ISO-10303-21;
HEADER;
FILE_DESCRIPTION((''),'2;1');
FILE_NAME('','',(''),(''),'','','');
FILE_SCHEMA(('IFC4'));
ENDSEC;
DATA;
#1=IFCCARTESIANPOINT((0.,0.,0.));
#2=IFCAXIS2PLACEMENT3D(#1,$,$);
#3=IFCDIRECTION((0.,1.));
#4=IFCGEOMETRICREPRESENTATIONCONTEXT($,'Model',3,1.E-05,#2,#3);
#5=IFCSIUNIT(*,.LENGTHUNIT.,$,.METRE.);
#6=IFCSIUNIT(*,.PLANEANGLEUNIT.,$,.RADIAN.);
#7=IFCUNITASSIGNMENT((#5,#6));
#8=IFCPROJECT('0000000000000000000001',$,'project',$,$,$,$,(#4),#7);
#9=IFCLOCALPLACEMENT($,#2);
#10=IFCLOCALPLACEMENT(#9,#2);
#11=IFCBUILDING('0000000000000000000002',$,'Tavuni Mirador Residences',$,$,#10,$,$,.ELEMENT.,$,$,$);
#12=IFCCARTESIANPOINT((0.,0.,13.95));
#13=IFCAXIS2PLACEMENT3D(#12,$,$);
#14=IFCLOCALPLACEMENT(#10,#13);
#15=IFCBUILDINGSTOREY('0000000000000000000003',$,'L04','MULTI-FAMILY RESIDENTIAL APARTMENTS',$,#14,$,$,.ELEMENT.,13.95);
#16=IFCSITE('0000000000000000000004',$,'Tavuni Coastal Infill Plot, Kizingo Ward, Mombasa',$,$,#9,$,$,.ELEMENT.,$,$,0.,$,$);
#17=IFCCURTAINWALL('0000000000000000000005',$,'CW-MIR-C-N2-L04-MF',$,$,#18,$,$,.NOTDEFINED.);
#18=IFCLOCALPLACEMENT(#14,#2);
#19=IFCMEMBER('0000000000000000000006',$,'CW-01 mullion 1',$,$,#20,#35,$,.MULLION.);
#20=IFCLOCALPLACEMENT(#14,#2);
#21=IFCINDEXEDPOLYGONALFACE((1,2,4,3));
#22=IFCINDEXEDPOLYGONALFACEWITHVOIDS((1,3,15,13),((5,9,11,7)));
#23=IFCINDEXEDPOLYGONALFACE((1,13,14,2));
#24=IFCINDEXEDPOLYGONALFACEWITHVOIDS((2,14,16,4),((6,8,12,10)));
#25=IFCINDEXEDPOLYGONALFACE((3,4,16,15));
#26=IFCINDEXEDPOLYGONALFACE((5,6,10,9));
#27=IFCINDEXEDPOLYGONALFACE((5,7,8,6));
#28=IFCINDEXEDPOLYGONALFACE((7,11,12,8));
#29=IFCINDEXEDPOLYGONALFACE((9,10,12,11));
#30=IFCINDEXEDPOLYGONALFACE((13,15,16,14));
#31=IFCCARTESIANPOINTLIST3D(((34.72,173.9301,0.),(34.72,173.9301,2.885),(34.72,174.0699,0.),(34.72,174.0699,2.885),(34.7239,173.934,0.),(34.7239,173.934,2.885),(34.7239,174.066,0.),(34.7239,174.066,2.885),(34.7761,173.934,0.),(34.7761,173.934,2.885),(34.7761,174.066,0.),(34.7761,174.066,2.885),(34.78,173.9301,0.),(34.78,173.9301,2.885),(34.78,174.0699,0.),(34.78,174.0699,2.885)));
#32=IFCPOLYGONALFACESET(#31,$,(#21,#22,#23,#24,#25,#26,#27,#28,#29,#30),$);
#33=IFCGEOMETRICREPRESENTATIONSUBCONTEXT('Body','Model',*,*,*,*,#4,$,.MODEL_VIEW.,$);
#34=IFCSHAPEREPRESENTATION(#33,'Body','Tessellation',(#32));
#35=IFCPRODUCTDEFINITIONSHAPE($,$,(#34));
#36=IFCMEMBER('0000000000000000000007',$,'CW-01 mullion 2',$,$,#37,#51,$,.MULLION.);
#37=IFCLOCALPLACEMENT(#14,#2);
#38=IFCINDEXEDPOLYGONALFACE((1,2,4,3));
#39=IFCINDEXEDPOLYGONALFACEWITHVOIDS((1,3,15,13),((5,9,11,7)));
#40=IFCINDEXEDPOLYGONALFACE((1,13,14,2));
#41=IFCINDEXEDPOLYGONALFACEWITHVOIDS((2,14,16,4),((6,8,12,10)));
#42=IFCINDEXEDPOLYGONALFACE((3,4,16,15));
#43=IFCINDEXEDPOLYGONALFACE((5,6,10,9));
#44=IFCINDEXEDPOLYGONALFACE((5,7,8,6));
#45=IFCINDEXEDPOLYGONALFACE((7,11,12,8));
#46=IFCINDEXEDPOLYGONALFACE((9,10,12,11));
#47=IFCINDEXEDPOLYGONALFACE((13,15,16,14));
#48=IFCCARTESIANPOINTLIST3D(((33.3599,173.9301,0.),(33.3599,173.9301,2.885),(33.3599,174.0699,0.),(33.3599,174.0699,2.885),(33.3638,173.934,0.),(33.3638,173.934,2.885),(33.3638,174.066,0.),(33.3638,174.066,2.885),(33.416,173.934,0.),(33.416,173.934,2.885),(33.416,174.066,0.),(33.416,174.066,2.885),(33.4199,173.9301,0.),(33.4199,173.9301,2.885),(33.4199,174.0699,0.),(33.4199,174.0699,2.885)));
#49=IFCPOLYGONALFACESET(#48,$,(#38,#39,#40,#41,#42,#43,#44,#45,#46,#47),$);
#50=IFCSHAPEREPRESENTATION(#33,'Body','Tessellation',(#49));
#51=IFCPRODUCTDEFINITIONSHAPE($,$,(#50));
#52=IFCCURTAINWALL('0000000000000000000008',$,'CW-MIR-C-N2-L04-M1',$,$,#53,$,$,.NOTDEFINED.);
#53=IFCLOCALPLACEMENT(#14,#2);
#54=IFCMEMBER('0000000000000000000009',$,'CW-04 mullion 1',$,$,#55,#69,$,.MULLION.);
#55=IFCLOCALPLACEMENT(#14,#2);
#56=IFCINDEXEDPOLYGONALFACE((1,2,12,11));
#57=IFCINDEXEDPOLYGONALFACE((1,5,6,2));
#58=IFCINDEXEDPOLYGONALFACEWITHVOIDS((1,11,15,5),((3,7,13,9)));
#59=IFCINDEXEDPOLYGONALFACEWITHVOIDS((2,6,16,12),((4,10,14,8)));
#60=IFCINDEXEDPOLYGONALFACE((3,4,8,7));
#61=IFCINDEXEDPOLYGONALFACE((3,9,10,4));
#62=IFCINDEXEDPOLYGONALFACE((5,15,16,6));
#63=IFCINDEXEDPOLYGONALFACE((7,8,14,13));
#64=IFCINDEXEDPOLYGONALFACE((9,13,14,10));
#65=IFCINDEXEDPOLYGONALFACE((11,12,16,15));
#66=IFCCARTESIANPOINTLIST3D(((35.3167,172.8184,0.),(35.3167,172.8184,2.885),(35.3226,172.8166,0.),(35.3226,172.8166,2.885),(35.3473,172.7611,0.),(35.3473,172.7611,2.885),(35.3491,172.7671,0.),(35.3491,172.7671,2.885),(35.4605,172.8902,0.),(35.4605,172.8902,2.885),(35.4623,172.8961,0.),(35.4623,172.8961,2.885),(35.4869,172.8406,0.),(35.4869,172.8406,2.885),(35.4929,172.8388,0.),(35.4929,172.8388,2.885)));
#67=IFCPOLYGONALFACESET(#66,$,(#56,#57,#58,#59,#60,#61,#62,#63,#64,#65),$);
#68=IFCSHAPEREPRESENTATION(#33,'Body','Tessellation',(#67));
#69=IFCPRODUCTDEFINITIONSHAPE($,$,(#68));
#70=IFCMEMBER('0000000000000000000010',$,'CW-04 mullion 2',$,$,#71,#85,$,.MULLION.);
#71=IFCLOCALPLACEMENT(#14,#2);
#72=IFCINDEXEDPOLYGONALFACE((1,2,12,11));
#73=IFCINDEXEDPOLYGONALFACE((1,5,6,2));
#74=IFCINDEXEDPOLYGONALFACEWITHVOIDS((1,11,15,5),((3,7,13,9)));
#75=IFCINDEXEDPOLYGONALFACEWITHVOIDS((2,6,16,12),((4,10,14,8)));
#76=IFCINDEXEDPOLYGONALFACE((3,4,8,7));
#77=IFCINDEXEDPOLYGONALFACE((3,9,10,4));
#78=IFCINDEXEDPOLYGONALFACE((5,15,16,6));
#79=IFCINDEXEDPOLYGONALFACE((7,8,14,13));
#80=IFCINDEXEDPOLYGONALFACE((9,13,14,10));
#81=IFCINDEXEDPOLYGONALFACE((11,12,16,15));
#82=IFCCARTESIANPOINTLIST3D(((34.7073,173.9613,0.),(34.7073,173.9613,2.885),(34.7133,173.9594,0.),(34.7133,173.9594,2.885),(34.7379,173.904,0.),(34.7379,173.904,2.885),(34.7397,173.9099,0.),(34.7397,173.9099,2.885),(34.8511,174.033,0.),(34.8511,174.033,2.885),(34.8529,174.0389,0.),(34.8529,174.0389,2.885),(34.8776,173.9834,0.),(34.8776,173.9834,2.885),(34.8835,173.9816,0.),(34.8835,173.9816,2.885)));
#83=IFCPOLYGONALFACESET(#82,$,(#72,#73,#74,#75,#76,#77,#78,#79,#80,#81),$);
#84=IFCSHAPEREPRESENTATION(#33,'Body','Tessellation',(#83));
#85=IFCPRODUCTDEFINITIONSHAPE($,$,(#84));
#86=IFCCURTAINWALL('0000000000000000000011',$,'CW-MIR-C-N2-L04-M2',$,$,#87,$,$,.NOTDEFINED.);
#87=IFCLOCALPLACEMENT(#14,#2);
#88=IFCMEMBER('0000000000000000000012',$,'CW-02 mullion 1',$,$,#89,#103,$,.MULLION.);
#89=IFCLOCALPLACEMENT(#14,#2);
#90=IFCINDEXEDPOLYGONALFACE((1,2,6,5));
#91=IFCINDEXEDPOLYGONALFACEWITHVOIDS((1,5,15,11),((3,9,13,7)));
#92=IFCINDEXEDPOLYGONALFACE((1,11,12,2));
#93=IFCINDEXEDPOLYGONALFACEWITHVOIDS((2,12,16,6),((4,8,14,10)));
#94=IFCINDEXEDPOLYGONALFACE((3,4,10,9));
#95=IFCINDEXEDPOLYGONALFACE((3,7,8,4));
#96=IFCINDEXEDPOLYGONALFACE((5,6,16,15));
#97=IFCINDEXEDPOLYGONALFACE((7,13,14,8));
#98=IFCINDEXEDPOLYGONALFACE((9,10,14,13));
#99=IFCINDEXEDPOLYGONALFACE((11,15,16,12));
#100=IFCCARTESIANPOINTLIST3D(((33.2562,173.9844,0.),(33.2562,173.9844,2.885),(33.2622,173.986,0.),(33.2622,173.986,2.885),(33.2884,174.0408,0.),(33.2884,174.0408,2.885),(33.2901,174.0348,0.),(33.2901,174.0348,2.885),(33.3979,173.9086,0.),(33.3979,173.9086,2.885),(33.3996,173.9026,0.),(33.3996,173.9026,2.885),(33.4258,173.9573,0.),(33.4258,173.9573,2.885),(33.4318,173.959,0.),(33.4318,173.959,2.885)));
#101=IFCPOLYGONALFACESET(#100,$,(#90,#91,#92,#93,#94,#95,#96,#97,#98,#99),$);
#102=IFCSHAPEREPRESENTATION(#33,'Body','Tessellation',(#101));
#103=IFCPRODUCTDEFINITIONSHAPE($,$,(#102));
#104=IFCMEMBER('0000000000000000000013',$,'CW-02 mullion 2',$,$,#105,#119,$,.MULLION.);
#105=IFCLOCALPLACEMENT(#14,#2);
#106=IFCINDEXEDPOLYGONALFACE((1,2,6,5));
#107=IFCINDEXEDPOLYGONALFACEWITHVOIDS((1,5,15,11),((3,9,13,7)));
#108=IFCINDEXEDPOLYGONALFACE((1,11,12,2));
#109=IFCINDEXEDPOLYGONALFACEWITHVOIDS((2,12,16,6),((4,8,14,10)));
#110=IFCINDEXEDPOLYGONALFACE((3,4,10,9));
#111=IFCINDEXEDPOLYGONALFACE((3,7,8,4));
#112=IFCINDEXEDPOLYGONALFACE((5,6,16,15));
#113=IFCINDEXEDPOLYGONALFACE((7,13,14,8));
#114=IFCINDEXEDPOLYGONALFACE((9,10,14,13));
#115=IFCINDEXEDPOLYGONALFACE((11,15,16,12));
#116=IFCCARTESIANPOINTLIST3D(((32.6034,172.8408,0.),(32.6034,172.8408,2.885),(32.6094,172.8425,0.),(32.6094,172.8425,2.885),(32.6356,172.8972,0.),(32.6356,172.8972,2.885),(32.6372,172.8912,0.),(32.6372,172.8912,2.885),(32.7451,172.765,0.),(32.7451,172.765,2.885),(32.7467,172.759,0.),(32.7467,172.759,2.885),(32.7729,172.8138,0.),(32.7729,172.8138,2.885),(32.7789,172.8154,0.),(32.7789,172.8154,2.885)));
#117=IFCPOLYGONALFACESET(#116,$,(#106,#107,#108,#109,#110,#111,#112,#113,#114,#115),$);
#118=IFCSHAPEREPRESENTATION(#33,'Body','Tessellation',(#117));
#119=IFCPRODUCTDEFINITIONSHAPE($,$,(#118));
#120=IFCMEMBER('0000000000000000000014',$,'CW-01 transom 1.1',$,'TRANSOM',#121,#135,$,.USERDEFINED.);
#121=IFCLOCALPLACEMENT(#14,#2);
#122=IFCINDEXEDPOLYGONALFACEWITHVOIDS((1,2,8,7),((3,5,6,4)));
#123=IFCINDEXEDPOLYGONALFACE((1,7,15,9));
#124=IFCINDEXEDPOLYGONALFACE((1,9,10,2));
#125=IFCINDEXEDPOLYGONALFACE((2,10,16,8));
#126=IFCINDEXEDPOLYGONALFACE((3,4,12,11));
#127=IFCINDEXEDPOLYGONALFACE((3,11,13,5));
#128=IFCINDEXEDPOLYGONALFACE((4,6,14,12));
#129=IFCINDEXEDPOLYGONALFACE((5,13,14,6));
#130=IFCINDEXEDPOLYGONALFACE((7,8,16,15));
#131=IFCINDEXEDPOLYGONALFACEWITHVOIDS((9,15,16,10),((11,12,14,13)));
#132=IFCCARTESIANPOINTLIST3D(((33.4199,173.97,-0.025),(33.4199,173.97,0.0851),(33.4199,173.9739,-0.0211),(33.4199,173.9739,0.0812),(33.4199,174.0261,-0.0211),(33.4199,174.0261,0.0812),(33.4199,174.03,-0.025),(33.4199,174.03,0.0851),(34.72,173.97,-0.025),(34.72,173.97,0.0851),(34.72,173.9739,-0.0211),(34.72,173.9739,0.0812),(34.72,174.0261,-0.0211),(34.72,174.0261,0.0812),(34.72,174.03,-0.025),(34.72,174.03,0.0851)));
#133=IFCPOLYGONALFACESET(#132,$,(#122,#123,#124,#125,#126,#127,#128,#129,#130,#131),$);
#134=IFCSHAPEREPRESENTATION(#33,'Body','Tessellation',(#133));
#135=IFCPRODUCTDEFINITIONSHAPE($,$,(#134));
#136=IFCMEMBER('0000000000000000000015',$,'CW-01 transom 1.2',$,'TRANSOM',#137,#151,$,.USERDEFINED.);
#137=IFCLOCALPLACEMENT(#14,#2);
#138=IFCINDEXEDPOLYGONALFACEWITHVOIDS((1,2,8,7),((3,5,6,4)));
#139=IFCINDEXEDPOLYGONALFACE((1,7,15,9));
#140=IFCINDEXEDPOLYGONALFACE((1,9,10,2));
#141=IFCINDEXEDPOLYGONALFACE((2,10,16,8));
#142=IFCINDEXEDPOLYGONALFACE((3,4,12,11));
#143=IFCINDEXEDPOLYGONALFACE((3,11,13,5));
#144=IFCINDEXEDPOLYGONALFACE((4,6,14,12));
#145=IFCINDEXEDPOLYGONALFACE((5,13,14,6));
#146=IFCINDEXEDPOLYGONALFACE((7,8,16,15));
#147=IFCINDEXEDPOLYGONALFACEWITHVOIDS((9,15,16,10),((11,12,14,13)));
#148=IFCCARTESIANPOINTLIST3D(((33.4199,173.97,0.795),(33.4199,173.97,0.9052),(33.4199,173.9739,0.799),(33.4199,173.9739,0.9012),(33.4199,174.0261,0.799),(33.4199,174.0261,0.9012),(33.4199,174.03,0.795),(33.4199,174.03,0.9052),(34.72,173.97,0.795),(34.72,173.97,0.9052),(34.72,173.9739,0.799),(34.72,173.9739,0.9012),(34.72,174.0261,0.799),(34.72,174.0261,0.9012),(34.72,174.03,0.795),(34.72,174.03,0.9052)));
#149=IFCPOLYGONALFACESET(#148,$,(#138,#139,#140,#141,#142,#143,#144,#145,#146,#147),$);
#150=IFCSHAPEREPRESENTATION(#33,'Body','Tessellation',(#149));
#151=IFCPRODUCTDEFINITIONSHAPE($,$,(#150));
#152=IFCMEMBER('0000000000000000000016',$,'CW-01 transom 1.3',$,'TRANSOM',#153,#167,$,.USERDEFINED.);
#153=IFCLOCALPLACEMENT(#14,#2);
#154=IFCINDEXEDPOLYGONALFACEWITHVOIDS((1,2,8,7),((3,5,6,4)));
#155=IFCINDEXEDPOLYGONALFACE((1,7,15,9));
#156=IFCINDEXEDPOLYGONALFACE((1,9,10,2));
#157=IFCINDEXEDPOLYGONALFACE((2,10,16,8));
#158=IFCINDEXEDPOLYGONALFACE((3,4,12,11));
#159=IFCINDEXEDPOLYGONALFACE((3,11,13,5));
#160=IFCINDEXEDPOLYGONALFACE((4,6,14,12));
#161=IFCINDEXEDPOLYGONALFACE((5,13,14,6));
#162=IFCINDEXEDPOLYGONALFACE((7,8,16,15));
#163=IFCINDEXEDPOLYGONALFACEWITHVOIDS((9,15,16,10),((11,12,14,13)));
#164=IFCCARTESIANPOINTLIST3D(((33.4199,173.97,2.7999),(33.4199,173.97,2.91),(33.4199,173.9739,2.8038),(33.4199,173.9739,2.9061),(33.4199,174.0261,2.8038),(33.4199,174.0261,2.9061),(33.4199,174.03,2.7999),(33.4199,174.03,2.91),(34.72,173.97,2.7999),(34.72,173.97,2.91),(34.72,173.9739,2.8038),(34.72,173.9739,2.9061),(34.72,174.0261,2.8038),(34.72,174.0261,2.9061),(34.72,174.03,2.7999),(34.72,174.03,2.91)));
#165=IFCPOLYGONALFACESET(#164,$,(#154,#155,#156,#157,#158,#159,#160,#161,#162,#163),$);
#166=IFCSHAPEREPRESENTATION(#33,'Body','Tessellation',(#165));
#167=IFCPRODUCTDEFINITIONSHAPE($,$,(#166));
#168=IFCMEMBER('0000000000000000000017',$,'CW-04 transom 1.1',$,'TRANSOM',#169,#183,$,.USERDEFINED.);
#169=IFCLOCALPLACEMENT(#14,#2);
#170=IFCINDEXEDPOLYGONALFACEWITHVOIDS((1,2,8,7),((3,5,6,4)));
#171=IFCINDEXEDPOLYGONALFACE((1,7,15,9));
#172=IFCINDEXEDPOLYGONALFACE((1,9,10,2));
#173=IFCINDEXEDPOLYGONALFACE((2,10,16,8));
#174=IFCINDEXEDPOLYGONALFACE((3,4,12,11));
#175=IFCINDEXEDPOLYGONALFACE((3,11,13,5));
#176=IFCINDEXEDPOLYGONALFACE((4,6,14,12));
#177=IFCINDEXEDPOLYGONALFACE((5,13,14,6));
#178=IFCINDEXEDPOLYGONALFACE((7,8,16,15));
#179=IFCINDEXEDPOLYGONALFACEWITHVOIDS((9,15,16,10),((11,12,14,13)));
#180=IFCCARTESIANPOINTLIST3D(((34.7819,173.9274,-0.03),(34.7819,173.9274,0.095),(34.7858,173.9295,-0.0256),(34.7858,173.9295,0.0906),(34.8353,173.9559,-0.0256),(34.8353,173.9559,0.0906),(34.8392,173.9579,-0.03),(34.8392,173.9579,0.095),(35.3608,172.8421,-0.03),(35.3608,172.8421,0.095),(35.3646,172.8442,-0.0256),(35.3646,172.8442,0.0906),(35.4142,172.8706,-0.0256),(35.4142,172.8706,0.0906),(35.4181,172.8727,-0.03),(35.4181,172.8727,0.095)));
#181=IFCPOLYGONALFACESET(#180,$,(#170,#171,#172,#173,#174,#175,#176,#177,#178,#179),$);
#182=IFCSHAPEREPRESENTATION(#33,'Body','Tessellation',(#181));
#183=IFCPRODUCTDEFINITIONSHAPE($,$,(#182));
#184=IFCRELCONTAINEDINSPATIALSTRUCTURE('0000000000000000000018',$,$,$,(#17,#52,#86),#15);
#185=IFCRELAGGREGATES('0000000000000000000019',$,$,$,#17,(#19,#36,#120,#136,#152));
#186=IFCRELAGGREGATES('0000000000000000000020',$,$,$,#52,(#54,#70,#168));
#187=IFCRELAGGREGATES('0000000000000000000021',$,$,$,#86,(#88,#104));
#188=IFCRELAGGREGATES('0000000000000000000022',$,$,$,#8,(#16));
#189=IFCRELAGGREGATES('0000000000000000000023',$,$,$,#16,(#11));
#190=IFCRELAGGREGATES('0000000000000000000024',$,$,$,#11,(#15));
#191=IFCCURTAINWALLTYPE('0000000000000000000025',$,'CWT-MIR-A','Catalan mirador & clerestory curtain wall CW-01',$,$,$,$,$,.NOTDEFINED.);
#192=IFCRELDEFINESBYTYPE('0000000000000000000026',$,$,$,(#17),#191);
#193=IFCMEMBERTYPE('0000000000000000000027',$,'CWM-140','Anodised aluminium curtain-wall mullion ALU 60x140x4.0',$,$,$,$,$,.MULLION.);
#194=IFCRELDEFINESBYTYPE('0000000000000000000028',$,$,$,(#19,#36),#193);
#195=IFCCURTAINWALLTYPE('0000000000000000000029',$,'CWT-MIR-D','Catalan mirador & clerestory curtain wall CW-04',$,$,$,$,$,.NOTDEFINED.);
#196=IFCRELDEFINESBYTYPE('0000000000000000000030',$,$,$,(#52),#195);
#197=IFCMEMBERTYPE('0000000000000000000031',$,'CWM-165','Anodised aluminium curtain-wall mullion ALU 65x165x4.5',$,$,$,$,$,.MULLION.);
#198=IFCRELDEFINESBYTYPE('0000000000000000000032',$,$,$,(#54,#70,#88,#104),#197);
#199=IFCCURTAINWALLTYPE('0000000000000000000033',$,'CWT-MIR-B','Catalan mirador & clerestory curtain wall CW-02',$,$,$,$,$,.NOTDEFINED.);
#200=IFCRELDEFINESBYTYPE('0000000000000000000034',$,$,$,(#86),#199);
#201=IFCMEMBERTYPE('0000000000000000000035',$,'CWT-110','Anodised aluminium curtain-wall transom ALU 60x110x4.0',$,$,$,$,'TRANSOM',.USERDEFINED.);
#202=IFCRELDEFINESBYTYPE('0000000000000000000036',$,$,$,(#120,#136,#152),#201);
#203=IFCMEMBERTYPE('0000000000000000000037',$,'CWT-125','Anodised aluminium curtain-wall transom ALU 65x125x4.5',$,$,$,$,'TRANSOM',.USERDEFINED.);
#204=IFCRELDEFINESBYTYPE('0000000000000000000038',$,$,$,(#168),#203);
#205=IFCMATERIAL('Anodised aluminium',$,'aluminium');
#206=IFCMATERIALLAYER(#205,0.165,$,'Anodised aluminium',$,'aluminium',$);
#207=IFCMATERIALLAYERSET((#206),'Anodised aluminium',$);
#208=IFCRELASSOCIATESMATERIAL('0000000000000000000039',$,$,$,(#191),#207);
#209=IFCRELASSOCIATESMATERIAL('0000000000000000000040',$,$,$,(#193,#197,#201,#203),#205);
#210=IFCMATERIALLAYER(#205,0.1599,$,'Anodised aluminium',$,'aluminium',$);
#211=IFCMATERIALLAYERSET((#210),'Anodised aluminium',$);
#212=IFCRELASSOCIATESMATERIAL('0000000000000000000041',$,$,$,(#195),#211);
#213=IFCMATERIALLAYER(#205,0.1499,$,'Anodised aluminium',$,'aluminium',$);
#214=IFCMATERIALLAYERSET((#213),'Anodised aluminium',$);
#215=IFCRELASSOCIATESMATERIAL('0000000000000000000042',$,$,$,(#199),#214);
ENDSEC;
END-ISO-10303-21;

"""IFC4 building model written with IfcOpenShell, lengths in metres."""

from ifc_helpers import new_model, si_unit, direction, frame, origin, origin_2d, place, context, subcontext, project, spatial, hollow_rectangle, extrude, material, layer, layer_set, material_profile, profile_set, type_object, element, aggregate, save


model = new_model("IFC4")

# Units and contexts
model_context = context("Model", 3, precision=1e-05, world=origin(), true_north=direction((0.0, 1.0)))
body_context = subcontext(model_context, "Body", "Model", "MODEL_VIEW")
ifc_project = project(units=[si_unit("LENGTHUNIT", "METRE"), si_unit("PLANEANGLEUNIT", "RADIAN")], contexts=[model_context])

# Site, building, storey
site_placement = place(None, origin())
site = spatial("IfcSite", under=ifc_project, at=site_placement, Name="Tavuni Coastal Infill Plot, Kizingo Ward, Mombasa", CompositionType="ELEMENT", RefElevation=0.0)
building_placement = place(site_placement, origin())
building = spatial("IfcBuilding", under=site, at=building_placement, Name="Tavuni Mirador Residences", CompositionType="ELEMENT")
storey_placement = place(building_placement, frame((0.0, 0.0, 13.95)))
storey = spatial("IfcBuildingStorey", under=building, at=storey_placement, Name="L04", Description="MULTI-FAMILY RESIDENTIAL APARTMENTS", CompositionType="ELEMENT", Elevation=13.95)

# Curtain walls, members
ifc_material_1 = material(Name="Anodised aluminium", Category="aluminium")
ifc_layer_1 = layer(ifc_material_1, 0.165, Name="Anodised aluminium", Category="aluminium")
ifc_layer_set_1 = layer_set([ifc_layer_1], Name="Anodised aluminium")
curtain_wall_type_1 = type_object("IfcCurtainWallType", Name="CWT-MIR-A", Description="Catalan mirador & clerestory curtain wall CW-01", PredefinedType="NOTDEFINED", material=ifc_layer_set_1)
curtain_wall_1_placement = place(storey_placement, origin())
curtain_wall_1 = element("IfcCurtainWall", 1, at=curtain_wall_1_placement, inside=storey, type_object=curtain_wall_type_1, Name="CW-MIR-C-N2-L04-MF", PredefinedType="NOTDEFINED")
ifc_material_profile_1 = material_profile(ifc_material_1, hollow_rectangle(XDim=0.0601, YDim=0.1399, WallThickness=0.0039, at=origin_2d()), Name="ALU 60x140x4.0", Category="aluminium")
ifc_profile_set_1 = profile_set([ifc_material_profile_1], Name="Anodised aluminium")
member_type_1 = type_object("IfcMemberType", Name="CWM-140", Description="Anodised aluminium curtain-wall mullion ALU 60x140x4.0", PredefinedType="MULLION", material=ifc_profile_set_1)
member_1_placement = place(storey_placement, frame((34.75, 174.0, 0.0), z_axis=(0.0, 0.0, 1.0), x_axis=(-1.0, 0.0, 0.0)))
member_1 = element("IfcMember", 2, at=member_1_placement, type_object=member_type_1, Name="CW-01 mullion 1", PredefinedType="MULLION", context=body_context, shape_type="SweptSolid", body=[
    extrude(hollow_rectangle(XDim=0.0601, YDim=0.1399, WallThickness=0.0039, at=origin_2d()), origin(), (0.0, 0.0, 1.0), 2.885),
])
member_2_placement = place(storey_placement, frame((33.3899, 174.0, 0.0), z_axis=(0.0, 0.0, 1.0), x_axis=(-1.0, 0.0, 0.0)))
member_2 = element("IfcMember", 3, at=member_2_placement, type_object=member_type_1, Name="CW-01 mullion 2", PredefinedType="MULLION", context=body_context, shape_type="SweptSolid", body=[
    extrude(hollow_rectangle(XDim=0.0601, YDim=0.1399, WallThickness=0.0039, at=origin_2d()), origin(), (0.0, 0.0, 1.0), 2.885),
])
ifc_layer_2 = layer(ifc_material_1, 0.1599, Name="Anodised aluminium", Category="aluminium")
ifc_layer_set_2 = layer_set([ifc_layer_2], Name="Anodised aluminium")
curtain_wall_type_2 = type_object("IfcCurtainWallType", Name="CWT-MIR-D", Description="Catalan mirador & clerestory curtain wall CW-04", PredefinedType="NOTDEFINED", material=ifc_layer_set_2)
curtain_wall_2_placement = place(storey_placement, origin())
curtain_wall_2 = element("IfcCurtainWall", 4, at=curtain_wall_2_placement, inside=storey, type_object=curtain_wall_type_2, Name="CW-MIR-C-N2-L04-M1", PredefinedType="NOTDEFINED")
ifc_material_profile_2 = material_profile(ifc_material_1, hollow_rectangle(XDim=0.0649, YDim=0.165, WallThickness=0.0044, at=origin_2d()), Name="ALU 65x165x4.5", Category="aluminium")
ifc_profile_set_2 = profile_set([ifc_material_profile_2], Name="Anodised aluminium")
member_type_2 = type_object("IfcMemberType", Name="CWM-165", Description="Anodised aluminium curtain-wall mullion ALU 65x165x4.5", PredefinedType="MULLION", material=ifc_profile_set_2)
member_3_placement = place(storey_placement, frame((35.4048, 172.8286, 0.0), z_axis=(0.0, 0.0, 1.0), x_axis=(-0.470588, 0.882353, 0.0)))
member_3 = element("IfcMember", 5, at=member_3_placement, type_object=member_type_2, Name="CW-04 mullion 1", PredefinedType="MULLION", context=body_context, shape_type="SweptSolid", body=[
    extrude(hollow_rectangle(XDim=0.0649, YDim=0.165, WallThickness=0.0044, at=origin_2d()), origin(), (0.0, 0.0, 1.0), 2.885),
])
member_4_placement = place(storey_placement, frame((34.7954, 173.9714, 0.0), z_axis=(0.0, 0.0, 1.0), x_axis=(-0.470588, 0.882353, 0.0)))
member_4 = element("IfcMember", 6, at=member_4_placement, type_object=member_type_2, Name="CW-04 mullion 2", PredefinedType="MULLION", context=body_context, shape_type="SweptSolid", body=[
    extrude(hollow_rectangle(XDim=0.0649, YDim=0.165, WallThickness=0.0044, at=origin_2d()), origin(), (0.0, 0.0, 1.0), 2.885),
])
ifc_layer_3 = layer(ifc_material_1, 0.1499, Name="Anodised aluminium", Category="aluminium")
ifc_layer_set_3 = layer_set([ifc_layer_3], Name="Anodised aluminium")
curtain_wall_type_3 = type_object("IfcCurtainWallType", Name="CWT-MIR-B", Description="Catalan mirador & clerestory curtain wall CW-02", PredefinedType="NOTDEFINED", material=ifc_layer_set_3)
curtain_wall_3_placement = place(storey_placement, origin())
curtain_wall_3 = element("IfcCurtainWall", 7, at=curtain_wall_3_placement, inside=storey, type_object=curtain_wall_type_3, Name="CW-MIR-C-N2-L04-M2", PredefinedType="NOTDEFINED")
member_5_placement = place(storey_placement, frame((33.344, 173.9717, 0.0), z_axis=(0.0, 0.0, 1.0), x_axis=(-0.495749, -0.868466, 0.0)))
member_5 = element("IfcMember", 8, at=member_5_placement, type_object=member_type_2, Name="CW-02 mullion 1", PredefinedType="MULLION", context=body_context, shape_type="SweptSolid", body=[
    extrude(hollow_rectangle(XDim=0.0649, YDim=0.165, WallThickness=0.0044, at=origin_2d()), origin(), (0.0, 0.0, 1.0), 2.885),
])
member_6_placement = place(storey_placement, frame((32.6912, 172.8281, 0.0), z_axis=(0.0, 0.0, 1.0), x_axis=(-0.495749, -0.868466, 0.0)))
member_6 = element("IfcMember", 9, at=member_6_placement, type_object=member_type_2, Name="CW-02 mullion 2", PredefinedType="MULLION", context=body_context, shape_type="SweptSolid", body=[
    extrude(hollow_rectangle(XDim=0.0649, YDim=0.165, WallThickness=0.0044, at=origin_2d()), origin(), (0.0, 0.0, 1.0), 2.885),
])

# Members
ifc_material_profile_3 = material_profile(ifc_material_1, hollow_rectangle(XDim=0.0601, YDim=0.1101, WallThickness=0.0039, at=origin_2d()), Name="ALU 60x110x4.0", Category="aluminium")
ifc_profile_set_3 = profile_set([ifc_material_profile_3], Name="Anodised aluminium")
member_type_3 = type_object("IfcMemberType", Name="CWT-110", Description="Anodised aluminium curtain-wall transom ALU 60x110x4.0", ElementType="TRANSOM", PredefinedType="USERDEFINED", material=ifc_profile_set_3)
member_7_placement = place(storey_placement, frame((34.72, 174.0, 0.03), z_axis=(-1.0, 0.0, 0.0), x_axis=(0.0, -1.0, 0.0)))
member_7 = element("IfcMember", 10, at=member_7_placement, type_object=member_type_3, Name="CW-01 transom 1.1", ObjectType="TRANSOM", PredefinedType="USERDEFINED", context=body_context, shape_type="SweptSolid", body=[
    extrude(hollow_rectangle(XDim=0.0601, YDim=0.1101, WallThickness=0.0039, at=origin_2d()), origin(), (0.0, 0.0, 1.0), 1.3),
])
member_8_placement = place(storey_placement, frame((34.72, 174.0, 0.8501), z_axis=(-1.0, 0.0, 0.0), x_axis=(0.0, -1.0, 0.0)))
member_8 = element("IfcMember", 11, at=member_8_placement, type_object=member_type_3, Name="CW-01 transom 1.2", ObjectType="TRANSOM", PredefinedType="USERDEFINED", context=body_context, shape_type="SweptSolid", body=[
    extrude(hollow_rectangle(XDim=0.0601, YDim=0.1101, WallThickness=0.0039, at=origin_2d()), origin(), (0.0, 0.0, 1.0), 1.3),
])
member_9_placement = place(storey_placement, frame((34.72, 174.0, 2.855), z_axis=(-1.0, 0.0, 0.0), x_axis=(0.0, -1.0, 0.0)))
member_9 = element("IfcMember", 12, at=member_9_placement, type_object=member_type_3, Name="CW-01 transom 1.3", ObjectType="TRANSOM", PredefinedType="USERDEFINED", context=body_context, shape_type="SweptSolid", body=[
    extrude(hollow_rectangle(XDim=0.0601, YDim=0.1101, WallThickness=0.0039, at=origin_2d()), origin(), (0.0, 0.0, 1.0), 1.3),
])
ifc_material_profile_4 = material_profile(ifc_material_1, hollow_rectangle(XDim=0.0649, YDim=0.125, WallThickness=0.0044, at=origin_2d()), Name="ALU 65x125x4.5", Category="aluminium")
ifc_profile_set_4 = profile_set([ifc_material_profile_4], Name="Anodised aluminium")
member_type_4 = type_object("IfcMemberType", Name="CWT-125", Description="Anodised aluminium curtain-wall transom ALU 65x125x4.5", ElementType="TRANSOM", PredefinedType="USERDEFINED", material=ifc_profile_set_4)
member_10_placement = place(storey_placement, frame((35.3894, 172.8574, 0.0325), z_axis=(-0.47064, 0.882325, 0.0), x_axis=(-0.882325, -0.47064, 0.0)))
member_10 = element("IfcMember", 13, at=member_10_placement, type_object=member_type_4, Name="CW-04 transom 1.1", ObjectType="TRANSOM", PredefinedType="USERDEFINED", context=body_context, shape_type="SweptSolid", body=[
    extrude(hollow_rectangle(XDim=0.0649, YDim=0.125, WallThickness=0.0044, at=origin_2d()), origin(), (0.0, 0.0, 1.0), 1.23),
])

aggregate(curtain_wall_1, [member_1, member_2, member_7, member_8, member_9])
aggregate(curtain_wall_2, [member_3, member_4, member_10])
aggregate(curtain_wall_3, [member_5, member_6])

save(model, "model.ifc")
